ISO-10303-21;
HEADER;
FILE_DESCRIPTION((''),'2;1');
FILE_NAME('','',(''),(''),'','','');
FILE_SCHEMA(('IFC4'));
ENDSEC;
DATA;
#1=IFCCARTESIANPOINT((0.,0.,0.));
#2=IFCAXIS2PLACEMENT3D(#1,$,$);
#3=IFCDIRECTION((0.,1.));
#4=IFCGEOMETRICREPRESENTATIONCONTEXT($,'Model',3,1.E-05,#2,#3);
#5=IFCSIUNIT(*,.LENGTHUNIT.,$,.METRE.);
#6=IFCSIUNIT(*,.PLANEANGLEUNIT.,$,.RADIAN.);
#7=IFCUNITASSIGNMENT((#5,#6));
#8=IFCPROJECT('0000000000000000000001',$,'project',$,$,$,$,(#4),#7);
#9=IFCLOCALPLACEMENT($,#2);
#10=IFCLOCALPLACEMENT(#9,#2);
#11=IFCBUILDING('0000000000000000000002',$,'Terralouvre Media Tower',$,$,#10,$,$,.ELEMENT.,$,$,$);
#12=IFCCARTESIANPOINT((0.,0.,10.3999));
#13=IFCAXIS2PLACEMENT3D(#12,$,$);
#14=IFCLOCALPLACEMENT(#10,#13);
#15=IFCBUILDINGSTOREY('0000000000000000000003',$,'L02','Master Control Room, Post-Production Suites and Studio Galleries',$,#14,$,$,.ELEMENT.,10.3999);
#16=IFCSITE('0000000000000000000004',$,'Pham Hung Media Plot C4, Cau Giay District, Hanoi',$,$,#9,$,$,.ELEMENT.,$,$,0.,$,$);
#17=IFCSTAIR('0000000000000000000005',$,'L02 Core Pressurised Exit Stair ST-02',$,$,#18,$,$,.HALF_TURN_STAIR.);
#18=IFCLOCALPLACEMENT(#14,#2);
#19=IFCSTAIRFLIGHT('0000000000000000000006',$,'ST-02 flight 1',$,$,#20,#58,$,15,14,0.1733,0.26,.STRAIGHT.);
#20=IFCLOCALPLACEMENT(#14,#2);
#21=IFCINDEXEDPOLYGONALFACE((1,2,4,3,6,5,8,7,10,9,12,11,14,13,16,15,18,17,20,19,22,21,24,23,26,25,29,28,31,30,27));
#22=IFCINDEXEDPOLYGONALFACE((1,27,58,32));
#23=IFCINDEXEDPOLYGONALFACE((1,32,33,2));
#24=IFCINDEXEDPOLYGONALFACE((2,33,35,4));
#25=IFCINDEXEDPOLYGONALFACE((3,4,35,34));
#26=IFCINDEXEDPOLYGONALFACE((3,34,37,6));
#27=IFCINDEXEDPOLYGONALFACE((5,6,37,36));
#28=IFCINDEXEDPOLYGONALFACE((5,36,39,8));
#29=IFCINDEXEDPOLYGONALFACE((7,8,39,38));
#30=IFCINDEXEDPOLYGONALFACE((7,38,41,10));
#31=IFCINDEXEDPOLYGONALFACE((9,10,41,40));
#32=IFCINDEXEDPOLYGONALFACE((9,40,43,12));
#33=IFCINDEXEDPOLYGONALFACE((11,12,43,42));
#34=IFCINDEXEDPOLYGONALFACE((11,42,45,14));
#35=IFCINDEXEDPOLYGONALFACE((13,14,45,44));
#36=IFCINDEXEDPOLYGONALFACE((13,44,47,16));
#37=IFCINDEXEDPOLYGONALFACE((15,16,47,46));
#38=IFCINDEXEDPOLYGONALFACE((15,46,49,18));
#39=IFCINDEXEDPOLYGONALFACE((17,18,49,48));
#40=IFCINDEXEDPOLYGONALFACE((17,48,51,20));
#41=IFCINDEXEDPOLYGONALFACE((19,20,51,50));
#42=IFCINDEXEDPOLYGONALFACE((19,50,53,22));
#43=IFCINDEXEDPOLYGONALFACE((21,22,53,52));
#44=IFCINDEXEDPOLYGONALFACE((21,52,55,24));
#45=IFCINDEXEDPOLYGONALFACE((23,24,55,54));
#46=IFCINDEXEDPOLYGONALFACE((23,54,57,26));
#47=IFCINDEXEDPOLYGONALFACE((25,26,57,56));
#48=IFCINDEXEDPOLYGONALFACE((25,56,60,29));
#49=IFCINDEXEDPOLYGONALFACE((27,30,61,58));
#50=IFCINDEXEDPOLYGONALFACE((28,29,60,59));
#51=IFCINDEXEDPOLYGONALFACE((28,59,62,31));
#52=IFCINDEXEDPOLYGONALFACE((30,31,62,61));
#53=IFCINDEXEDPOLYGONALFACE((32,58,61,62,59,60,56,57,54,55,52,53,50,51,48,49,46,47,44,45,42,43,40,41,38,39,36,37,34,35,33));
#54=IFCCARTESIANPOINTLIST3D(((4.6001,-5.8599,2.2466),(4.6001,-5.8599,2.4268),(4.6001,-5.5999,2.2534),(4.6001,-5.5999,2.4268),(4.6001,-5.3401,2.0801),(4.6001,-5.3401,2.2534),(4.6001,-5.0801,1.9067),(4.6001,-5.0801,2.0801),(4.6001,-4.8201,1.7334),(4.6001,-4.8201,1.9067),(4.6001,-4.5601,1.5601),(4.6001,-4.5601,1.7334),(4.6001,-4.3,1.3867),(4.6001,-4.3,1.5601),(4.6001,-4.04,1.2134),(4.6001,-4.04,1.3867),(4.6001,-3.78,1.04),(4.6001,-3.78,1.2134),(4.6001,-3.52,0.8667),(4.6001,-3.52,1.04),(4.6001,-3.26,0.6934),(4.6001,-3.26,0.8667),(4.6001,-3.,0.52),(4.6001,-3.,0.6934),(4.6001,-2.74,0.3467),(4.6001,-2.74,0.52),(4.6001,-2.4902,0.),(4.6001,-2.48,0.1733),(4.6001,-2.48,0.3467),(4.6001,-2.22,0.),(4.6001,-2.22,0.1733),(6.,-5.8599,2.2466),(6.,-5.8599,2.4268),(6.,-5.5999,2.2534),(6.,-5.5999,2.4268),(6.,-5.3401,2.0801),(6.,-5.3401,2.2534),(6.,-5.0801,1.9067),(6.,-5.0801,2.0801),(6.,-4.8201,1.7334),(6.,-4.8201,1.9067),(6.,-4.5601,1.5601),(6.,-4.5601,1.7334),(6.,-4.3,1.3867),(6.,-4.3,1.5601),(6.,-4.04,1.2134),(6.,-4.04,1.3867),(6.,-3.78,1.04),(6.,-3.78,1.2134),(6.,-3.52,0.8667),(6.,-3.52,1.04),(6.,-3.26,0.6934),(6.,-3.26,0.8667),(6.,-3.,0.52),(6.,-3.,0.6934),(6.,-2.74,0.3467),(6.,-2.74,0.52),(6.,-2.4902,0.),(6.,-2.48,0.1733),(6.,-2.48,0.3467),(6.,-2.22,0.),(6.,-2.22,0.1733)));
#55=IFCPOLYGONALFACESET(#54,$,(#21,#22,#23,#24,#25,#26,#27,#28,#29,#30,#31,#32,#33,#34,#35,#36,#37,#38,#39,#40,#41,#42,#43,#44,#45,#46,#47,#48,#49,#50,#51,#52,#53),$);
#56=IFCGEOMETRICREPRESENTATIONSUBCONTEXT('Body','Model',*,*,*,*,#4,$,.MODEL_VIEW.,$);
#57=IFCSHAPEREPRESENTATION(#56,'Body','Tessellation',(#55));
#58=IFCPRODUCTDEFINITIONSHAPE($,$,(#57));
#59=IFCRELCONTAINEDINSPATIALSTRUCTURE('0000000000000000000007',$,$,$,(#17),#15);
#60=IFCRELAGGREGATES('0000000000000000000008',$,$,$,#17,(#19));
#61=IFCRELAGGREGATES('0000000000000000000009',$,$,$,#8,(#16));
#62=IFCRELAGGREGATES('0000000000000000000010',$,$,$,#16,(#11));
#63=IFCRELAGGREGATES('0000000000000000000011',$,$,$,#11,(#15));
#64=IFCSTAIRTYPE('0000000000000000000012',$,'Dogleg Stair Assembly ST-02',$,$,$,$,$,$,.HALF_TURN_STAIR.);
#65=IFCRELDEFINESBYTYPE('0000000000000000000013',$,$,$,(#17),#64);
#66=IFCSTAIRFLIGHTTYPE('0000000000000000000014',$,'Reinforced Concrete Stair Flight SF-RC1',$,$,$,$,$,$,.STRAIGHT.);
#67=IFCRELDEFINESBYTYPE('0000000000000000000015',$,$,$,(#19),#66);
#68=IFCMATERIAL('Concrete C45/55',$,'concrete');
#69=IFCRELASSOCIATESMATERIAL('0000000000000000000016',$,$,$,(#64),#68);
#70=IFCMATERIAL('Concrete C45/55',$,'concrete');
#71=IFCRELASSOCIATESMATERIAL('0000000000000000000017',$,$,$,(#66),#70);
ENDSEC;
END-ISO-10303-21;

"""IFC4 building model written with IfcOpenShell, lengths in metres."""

from ifc_helpers import new_model, si_unit, direction, frame, origin, place, context, subcontext, project, spatial, polyline, outline, extrude, material, type_object, element, aggregate, save


model = new_model("IFC4")

# Units and contexts
model_context = context("Model", 3, precision=1e-05, world=origin(), true_north=direction((0.0, 1.0)))
body_context = subcontext(model_context, "Body", "Model", "MODEL_VIEW")
ifc_project = project(units=[si_unit("LENGTHUNIT", "METRE"), si_unit("PLANEANGLEUNIT", "RADIAN")], contexts=[model_context])

# Site, building, storey
site_placement = place(None, origin())
site = spatial("IfcSite", under=ifc_project, at=site_placement, Name="Pham Hung Media Plot C4, Cau Giay District, Hanoi", CompositionType="ELEMENT", RefElevation=0.0)
building_placement = place(site_placement, origin())
building = spatial("IfcBuilding", under=site, at=building_placement, Name="Terralouvre Media Tower", CompositionType="ELEMENT")
storey_placement = place(building_placement, frame((0.0, 0.0, 10.3999)))
storey = spatial("IfcBuildingStorey", under=building, at=storey_placement, Name="L02", Description="Master Control Room, Post-Production Suites and Studio Galleries", CompositionType="ELEMENT", Elevation=10.3999)

# Stair
ifc_material_1 = material(Name="Concrete C45/55", Category="concrete")
stair_type_1 = type_object("IfcStairType", Name="Dogleg Stair Assembly ST-02", PredefinedType="HALF_TURN_STAIR", material=ifc_material_1)
stair_1_placement = place(storey_placement, origin())
stair_1 = element("IfcStair", 1, at=stair_1_placement, inside=storey, type_object=stair_type_1, Name="L02 Core Pressurised Exit Stair ST-02", PredefinedType="HALF_TURN_STAIR")

# Stair flight
ifc_material_2 = material(Name="Concrete C45/55", Category="concrete")
stair_flight_type = type_object("IfcStairFlightType", Name="Reinforced Concrete Stair Flight SF-RC1", PredefinedType="STRAIGHT", material=ifc_material_2)
stair_flight_placement = place(storey_placement, frame((5.3, -2.22, 0.0), z_axis=(0.0, 0.0, 1.0), x_axis=(0.0, -1.0, 0.0)))
stair_flight = element("IfcStairFlight", 2, at=stair_flight_placement, type_object=stair_flight_type, Name="ST-02 flight 1", NumberOfRisers=15, NumberOfTreads=14, PredefinedType="STRAIGHT", RiserHeight=0.1733, TreadLength=0.26, context=body_context, shape_type="SweptSolid", body=[
    extrude(outline(polyline([(0.0, 0.0), (0.0, 0.1733), (0.26, 0.1733), (0.26, 0.3467), (0.52, 0.3467), (0.52, 0.52), (0.78, 0.52), (0.78, 0.6934), (1.04, 0.6934), (1.04, 0.8667), (1.3, 0.8667), (1.3, 1.04), (1.5601, 1.04), (1.5601, 1.2134), (1.8201, 1.2134), (1.8201, 1.3867), (2.0801, 1.3867), (2.0801, 1.5601), (2.3401, 1.5601), (2.3401, 1.7334), (2.6001, 1.7334), (2.6001, 1.9067), (2.8601, 1.9067), (2.8601, 2.0801), (3.1201, 2.0801), (3.1201, 2.2534), (3.3799, 2.2534), (3.3799, 2.4268), (3.6399, 2.4268), (3.6399, 2.6001), (3.6399, 2.2466), (0.2703, 0.0), (0.0, 0.0)])), frame((0.0, 0.7, 0.0), z_axis=(0.0, -1.0, 0.0), x_axis=(1.0, 0.0, 0.0)), (0.0, 0.0, 1.0), 1.3999),
])
aggregate(stair_1, [stair_flight])

save(model, "model.ifc")
